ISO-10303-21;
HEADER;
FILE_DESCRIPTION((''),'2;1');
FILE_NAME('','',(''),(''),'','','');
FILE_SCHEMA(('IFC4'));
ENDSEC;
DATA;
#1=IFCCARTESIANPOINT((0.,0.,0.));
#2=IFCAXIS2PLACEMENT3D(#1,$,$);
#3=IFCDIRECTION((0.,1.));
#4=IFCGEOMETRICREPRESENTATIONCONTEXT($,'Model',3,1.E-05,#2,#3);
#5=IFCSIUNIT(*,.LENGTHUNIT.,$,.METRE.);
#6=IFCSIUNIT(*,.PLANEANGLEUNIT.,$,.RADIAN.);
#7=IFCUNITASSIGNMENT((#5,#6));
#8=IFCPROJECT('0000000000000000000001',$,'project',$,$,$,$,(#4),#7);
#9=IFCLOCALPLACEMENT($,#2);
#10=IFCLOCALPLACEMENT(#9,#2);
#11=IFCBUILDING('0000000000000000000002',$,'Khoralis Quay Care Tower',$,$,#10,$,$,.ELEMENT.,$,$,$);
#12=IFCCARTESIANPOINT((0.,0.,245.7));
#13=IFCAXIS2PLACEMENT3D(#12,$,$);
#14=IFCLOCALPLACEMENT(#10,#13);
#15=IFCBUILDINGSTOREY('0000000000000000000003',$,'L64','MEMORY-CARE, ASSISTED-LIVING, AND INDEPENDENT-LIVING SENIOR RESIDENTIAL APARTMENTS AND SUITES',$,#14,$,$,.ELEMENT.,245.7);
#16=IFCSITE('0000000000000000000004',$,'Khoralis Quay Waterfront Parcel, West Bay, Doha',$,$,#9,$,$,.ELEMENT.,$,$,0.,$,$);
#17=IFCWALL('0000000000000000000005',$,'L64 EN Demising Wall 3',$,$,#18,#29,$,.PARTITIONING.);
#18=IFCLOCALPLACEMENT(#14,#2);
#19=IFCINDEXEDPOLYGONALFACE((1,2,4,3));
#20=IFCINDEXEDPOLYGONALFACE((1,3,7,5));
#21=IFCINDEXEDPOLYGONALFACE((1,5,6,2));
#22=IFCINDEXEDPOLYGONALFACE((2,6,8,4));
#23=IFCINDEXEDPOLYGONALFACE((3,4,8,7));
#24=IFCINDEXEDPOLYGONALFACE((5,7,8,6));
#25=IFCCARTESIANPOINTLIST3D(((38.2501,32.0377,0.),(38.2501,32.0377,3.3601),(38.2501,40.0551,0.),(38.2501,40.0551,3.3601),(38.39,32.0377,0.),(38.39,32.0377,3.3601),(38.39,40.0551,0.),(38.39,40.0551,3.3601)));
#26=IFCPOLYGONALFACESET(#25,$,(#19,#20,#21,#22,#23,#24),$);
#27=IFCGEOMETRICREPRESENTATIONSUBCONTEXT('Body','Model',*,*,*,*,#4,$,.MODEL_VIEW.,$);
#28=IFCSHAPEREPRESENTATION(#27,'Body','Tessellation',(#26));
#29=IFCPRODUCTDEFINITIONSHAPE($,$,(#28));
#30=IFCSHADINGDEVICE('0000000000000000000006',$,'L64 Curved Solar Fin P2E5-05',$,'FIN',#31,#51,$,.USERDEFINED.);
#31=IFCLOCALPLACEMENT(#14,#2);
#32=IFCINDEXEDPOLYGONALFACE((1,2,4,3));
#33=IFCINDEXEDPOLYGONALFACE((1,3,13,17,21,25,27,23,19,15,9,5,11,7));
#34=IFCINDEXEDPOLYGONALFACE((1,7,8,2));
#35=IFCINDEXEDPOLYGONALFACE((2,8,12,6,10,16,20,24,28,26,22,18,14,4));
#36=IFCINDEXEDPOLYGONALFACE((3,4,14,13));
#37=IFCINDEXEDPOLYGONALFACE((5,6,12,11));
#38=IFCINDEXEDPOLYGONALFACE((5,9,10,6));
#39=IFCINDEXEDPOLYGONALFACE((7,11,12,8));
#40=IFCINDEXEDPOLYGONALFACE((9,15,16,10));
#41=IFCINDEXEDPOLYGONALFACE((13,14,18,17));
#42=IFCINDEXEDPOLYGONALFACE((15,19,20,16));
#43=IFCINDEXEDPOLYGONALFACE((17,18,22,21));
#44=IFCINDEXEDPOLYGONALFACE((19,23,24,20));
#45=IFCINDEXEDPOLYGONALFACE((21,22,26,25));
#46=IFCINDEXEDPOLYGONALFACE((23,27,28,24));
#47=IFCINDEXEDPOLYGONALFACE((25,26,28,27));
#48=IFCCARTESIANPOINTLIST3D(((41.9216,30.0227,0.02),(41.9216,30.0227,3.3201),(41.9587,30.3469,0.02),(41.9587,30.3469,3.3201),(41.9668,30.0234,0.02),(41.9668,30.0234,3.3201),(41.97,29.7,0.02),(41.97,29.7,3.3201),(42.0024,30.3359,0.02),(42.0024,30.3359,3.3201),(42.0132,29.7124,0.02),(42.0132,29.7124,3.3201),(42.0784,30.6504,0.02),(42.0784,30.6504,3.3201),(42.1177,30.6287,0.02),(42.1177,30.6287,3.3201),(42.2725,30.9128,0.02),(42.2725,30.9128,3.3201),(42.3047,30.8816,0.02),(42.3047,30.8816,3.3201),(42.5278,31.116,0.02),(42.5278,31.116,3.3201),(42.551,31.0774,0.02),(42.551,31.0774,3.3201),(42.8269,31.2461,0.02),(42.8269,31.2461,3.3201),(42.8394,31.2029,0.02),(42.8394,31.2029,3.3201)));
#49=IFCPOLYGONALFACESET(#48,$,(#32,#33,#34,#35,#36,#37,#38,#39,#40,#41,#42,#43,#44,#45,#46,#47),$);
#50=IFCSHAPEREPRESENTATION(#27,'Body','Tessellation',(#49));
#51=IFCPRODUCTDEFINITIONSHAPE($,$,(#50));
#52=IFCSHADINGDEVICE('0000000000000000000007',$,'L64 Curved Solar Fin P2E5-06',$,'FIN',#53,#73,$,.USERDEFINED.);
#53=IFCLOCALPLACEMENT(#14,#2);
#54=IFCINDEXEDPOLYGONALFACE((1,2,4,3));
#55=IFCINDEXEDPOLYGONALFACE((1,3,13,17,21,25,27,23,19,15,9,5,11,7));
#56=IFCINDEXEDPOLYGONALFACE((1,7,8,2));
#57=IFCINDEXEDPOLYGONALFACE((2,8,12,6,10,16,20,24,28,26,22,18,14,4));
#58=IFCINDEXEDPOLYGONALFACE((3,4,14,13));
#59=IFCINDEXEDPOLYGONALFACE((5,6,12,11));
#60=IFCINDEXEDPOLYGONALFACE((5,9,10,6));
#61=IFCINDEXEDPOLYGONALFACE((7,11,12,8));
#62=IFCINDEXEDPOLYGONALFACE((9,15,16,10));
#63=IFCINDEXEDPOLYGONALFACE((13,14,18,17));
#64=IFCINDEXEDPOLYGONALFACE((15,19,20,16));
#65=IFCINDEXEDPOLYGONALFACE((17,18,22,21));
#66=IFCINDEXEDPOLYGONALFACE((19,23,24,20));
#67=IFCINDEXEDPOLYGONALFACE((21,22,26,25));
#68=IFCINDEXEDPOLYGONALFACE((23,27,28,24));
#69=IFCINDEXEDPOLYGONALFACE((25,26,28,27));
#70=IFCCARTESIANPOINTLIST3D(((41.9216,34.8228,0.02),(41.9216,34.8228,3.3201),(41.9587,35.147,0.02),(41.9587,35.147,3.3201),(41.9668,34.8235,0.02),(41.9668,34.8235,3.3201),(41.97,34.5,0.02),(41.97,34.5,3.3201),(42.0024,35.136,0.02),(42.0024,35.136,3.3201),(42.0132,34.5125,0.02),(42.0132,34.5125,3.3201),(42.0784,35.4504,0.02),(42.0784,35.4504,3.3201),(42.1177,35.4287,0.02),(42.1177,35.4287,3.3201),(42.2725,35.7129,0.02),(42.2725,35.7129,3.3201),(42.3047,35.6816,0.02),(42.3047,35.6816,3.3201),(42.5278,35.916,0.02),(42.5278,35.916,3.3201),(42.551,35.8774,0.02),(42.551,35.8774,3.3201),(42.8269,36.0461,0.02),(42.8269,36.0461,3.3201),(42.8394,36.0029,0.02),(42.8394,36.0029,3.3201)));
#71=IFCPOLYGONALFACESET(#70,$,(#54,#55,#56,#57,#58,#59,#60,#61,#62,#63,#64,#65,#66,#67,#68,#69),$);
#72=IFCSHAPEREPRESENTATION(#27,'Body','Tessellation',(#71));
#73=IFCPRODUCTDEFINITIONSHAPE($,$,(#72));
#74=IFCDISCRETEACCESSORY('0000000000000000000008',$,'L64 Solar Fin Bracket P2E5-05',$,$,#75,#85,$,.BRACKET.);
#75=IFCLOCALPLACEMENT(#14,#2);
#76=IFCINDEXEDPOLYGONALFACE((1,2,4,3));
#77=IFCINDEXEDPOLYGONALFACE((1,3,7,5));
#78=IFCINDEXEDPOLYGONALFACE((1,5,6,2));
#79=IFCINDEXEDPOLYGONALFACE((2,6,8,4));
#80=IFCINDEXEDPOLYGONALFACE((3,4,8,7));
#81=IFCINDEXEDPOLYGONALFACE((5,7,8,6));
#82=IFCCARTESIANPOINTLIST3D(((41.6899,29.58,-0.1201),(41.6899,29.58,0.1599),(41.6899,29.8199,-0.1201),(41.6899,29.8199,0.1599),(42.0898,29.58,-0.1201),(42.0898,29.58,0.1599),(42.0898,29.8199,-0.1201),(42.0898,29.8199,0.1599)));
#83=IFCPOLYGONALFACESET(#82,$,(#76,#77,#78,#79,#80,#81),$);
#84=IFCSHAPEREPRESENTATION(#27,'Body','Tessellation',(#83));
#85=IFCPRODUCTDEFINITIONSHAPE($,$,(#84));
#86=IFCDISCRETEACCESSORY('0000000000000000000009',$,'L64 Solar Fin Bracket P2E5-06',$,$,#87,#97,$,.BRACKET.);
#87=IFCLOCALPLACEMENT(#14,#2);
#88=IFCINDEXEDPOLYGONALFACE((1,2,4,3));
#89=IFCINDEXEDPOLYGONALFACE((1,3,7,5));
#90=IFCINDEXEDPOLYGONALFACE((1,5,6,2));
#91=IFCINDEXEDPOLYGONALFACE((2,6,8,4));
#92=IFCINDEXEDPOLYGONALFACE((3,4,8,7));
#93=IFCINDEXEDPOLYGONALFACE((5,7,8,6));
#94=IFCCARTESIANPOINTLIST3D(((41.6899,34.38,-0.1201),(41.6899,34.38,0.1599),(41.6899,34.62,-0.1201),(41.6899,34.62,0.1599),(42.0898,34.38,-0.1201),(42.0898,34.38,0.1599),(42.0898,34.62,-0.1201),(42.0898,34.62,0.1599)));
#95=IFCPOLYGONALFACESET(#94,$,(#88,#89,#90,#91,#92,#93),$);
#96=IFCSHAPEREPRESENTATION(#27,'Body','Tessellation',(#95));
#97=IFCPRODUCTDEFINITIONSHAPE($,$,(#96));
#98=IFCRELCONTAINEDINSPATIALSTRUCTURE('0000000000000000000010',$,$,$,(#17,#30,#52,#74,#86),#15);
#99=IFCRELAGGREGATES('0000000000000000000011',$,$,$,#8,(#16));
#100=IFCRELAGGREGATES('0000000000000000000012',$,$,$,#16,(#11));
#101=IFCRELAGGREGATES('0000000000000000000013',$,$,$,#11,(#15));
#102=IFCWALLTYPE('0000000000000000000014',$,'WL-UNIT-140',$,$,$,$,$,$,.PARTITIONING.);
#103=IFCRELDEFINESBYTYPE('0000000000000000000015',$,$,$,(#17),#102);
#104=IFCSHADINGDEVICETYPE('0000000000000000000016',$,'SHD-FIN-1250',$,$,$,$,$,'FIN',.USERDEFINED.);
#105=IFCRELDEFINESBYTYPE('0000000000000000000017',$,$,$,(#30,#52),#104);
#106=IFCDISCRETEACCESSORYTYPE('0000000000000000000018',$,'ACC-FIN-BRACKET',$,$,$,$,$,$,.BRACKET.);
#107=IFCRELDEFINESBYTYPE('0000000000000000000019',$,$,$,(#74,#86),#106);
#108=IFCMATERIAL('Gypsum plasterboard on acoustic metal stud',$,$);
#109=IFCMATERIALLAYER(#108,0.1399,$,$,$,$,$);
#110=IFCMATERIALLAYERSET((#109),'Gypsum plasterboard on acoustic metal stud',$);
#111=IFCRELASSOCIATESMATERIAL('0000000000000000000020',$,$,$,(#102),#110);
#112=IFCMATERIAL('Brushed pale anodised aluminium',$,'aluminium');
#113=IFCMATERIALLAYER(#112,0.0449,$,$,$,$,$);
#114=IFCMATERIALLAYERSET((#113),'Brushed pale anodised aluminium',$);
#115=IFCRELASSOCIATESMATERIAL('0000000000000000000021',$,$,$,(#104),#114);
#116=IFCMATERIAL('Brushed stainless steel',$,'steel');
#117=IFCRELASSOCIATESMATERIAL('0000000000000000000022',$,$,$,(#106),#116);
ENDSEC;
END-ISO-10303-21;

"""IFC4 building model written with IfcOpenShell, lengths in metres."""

from ifc_helpers import new_model, si_unit, direction, frame, frame_2d, origin, origin_2d, place, context, subcontext, project, spatial, polyline, rectangle, outline, extrude, source, transform, mapped, material, layer, layer_set, type_object, element, save


model = new_model("IFC4")

# Units and contexts
model_context = context("Model", 3, precision=1e-05, world=origin(), true_north=direction((0.0, 1.0)))
body_context = subcontext(model_context, "Body", "Model", "MODEL_VIEW")
ifc_project = project(units=[si_unit("LENGTHUNIT", "METRE"), si_unit("PLANEANGLEUNIT", "RADIAN")], contexts=[model_context])

# Site, building, storey
site_placement = place(None, origin())
site = spatial("IfcSite", under=ifc_project, at=site_placement, Name="Khoralis Quay Waterfront Parcel, West Bay, Doha", CompositionType="ELEMENT", RefElevation=0.0)
building_placement = place(site_placement, origin())
building = spatial("IfcBuilding", under=site, at=building_placement, Name="Khoralis Quay Care Tower", CompositionType="ELEMENT")
storey_placement = place(building_placement, frame((0.0, 0.0, 245.7)))
storey = spatial("IfcBuildingStorey", under=building, at=storey_placement, Name="L64", Description="MEMORY-CARE, ASSISTED-LIVING, AND INDEPENDENT-LIVING SENIOR RESIDENTIAL APARTMENTS AND SUITES", CompositionType="ELEMENT", Elevation=245.7)

# Shared definitions
ifc_material_1 = material(Name="Gypsum plasterboard on acoustic metal stud")

# Wall
ifc_layer_1 = layer(ifc_material_1, 0.1399)
ifc_layer_set_1 = layer_set([ifc_layer_1], Name="Gypsum plasterboard on acoustic metal stud")
wall_type_1 = type_object("IfcWallType", Name="WL-UNIT-140", PredefinedType="PARTITIONING", material=ifc_layer_set_1)
wall_1_placement = place(storey_placement, frame((38.3201, 32.0376, 0.0), z_axis=(0.0, 0.0, 1.0), x_axis=(0.0, 1.0, 0.0)))
element("IfcWall", 1, at=wall_1_placement, inside=storey, type_object=wall_type_1, Name="L64 EN Demising Wall 3", PredefinedType="PARTITIONING", context=body_context, shape_type="SweptSolid", body=[
    extrude(rectangle(XDim=8.0173, YDim=0.1399, at=frame_2d((4.0088, 0.0))), origin(), (0.0, 0.0, 1.0), 3.3601),
])

# Shading devices
ifc_material_2 = material(Name="Brushed pale anodised aluminium", Category="aluminium")
ifc_layer_2 = layer(ifc_material_2, 0.0449)
ifc_layer_set_2 = layer_set([ifc_layer_2], Name="Brushed pale anodised aluminium")
shading_device_type = type_object("IfcShadingDeviceType", Name="SHD-FIN-1250", ElementType="FIN", PredefinedType="USERDEFINED", material=ifc_layer_set_2)
shared_shape_1 = source(origin(), body_context, "Body", "SweptSolid", [
    extrude(outline(polyline([(0.0, 0.0), (-0.0483, 0.3228), (-0.0112, 0.647), (0.1084, 0.9504), (0.3025, 1.2129), (0.5579, 1.416), (0.8569, 1.5461), (0.8694, 1.5029), (0.5811, 1.3774), (0.3347, 1.1816), (0.1477, 0.9287), (0.0325, 0.636), (-0.0032, 0.3235), (0.0432, 0.0125), (0.0, 0.0)])), origin(), (0.0, 0.0, 1.0), 3.3),
])
for number, where, z_axis, x_axis, name in (
    (2, (41.97, 29.7, 0.02), (0.0, 0.0, 1.0), (1.0, 0.0, 0.0), "L64 Curved Solar Fin P2E5-05"),
    (3, (41.97, 34.5, 0.02), (0.0, 0.0, 1.0), (1.0, 0.0, 0.0), "L64 Curved Solar Fin P2E5-06"),
):
    element("IfcShadingDevice", number, at=place(storey_placement, frame(where, z_axis=z_axis, x_axis=x_axis)), inside=storey, type_object=shading_device_type, Name=name, ObjectType="FIN", PredefinedType="USERDEFINED", context=body_context, shape_type="MappedRepresentation", body=[
        mapped(shared_shape_1, transform((0.0, 0.0, 0.0), scale=1.0)),
    ])

# Discrete accessories
ifc_material_3 = material(Name="Brushed stainless steel", Category="steel")
discrete_accessory_type = type_object("IfcDiscreteAccessoryType", Name="ACC-FIN-BRACKET", PredefinedType="BRACKET", material=ifc_material_3)
shared_shape_2 = source(origin(), body_context, "Body", "SweptSolid", [
    extrude(rectangle(XDim=0.3999, YDim=0.24, at=origin_2d()), origin(), (0.0, 0.0, 1.0), 0.28),
])
for number, where, z_axis, x_axis, name in (
    (4, (41.8899, 29.7, -0.1201), (0.0, 0.0, 1.0), (1.0, 0.0, 0.0), "L64 Solar Fin Bracket P2E5-05"),
    (5, (41.8899, 34.5, -0.1201), (0.0, 0.0, 1.0), (1.0, 0.0, 0.0), "L64 Solar Fin Bracket P2E5-06"),
):
    element("IfcDiscreteAccessory", number, at=place(storey_placement, frame(where, z_axis=z_axis, x_axis=x_axis)), inside=storey, type_object=discrete_accessory_type, Name=name, PredefinedType="BRACKET", context=body_context, shape_type="MappedRepresentation", body=[
        mapped(shared_shape_2, transform((0.0, 0.0, 0.0), scale=1.0)),
    ])

save(model, "model.ifc")
